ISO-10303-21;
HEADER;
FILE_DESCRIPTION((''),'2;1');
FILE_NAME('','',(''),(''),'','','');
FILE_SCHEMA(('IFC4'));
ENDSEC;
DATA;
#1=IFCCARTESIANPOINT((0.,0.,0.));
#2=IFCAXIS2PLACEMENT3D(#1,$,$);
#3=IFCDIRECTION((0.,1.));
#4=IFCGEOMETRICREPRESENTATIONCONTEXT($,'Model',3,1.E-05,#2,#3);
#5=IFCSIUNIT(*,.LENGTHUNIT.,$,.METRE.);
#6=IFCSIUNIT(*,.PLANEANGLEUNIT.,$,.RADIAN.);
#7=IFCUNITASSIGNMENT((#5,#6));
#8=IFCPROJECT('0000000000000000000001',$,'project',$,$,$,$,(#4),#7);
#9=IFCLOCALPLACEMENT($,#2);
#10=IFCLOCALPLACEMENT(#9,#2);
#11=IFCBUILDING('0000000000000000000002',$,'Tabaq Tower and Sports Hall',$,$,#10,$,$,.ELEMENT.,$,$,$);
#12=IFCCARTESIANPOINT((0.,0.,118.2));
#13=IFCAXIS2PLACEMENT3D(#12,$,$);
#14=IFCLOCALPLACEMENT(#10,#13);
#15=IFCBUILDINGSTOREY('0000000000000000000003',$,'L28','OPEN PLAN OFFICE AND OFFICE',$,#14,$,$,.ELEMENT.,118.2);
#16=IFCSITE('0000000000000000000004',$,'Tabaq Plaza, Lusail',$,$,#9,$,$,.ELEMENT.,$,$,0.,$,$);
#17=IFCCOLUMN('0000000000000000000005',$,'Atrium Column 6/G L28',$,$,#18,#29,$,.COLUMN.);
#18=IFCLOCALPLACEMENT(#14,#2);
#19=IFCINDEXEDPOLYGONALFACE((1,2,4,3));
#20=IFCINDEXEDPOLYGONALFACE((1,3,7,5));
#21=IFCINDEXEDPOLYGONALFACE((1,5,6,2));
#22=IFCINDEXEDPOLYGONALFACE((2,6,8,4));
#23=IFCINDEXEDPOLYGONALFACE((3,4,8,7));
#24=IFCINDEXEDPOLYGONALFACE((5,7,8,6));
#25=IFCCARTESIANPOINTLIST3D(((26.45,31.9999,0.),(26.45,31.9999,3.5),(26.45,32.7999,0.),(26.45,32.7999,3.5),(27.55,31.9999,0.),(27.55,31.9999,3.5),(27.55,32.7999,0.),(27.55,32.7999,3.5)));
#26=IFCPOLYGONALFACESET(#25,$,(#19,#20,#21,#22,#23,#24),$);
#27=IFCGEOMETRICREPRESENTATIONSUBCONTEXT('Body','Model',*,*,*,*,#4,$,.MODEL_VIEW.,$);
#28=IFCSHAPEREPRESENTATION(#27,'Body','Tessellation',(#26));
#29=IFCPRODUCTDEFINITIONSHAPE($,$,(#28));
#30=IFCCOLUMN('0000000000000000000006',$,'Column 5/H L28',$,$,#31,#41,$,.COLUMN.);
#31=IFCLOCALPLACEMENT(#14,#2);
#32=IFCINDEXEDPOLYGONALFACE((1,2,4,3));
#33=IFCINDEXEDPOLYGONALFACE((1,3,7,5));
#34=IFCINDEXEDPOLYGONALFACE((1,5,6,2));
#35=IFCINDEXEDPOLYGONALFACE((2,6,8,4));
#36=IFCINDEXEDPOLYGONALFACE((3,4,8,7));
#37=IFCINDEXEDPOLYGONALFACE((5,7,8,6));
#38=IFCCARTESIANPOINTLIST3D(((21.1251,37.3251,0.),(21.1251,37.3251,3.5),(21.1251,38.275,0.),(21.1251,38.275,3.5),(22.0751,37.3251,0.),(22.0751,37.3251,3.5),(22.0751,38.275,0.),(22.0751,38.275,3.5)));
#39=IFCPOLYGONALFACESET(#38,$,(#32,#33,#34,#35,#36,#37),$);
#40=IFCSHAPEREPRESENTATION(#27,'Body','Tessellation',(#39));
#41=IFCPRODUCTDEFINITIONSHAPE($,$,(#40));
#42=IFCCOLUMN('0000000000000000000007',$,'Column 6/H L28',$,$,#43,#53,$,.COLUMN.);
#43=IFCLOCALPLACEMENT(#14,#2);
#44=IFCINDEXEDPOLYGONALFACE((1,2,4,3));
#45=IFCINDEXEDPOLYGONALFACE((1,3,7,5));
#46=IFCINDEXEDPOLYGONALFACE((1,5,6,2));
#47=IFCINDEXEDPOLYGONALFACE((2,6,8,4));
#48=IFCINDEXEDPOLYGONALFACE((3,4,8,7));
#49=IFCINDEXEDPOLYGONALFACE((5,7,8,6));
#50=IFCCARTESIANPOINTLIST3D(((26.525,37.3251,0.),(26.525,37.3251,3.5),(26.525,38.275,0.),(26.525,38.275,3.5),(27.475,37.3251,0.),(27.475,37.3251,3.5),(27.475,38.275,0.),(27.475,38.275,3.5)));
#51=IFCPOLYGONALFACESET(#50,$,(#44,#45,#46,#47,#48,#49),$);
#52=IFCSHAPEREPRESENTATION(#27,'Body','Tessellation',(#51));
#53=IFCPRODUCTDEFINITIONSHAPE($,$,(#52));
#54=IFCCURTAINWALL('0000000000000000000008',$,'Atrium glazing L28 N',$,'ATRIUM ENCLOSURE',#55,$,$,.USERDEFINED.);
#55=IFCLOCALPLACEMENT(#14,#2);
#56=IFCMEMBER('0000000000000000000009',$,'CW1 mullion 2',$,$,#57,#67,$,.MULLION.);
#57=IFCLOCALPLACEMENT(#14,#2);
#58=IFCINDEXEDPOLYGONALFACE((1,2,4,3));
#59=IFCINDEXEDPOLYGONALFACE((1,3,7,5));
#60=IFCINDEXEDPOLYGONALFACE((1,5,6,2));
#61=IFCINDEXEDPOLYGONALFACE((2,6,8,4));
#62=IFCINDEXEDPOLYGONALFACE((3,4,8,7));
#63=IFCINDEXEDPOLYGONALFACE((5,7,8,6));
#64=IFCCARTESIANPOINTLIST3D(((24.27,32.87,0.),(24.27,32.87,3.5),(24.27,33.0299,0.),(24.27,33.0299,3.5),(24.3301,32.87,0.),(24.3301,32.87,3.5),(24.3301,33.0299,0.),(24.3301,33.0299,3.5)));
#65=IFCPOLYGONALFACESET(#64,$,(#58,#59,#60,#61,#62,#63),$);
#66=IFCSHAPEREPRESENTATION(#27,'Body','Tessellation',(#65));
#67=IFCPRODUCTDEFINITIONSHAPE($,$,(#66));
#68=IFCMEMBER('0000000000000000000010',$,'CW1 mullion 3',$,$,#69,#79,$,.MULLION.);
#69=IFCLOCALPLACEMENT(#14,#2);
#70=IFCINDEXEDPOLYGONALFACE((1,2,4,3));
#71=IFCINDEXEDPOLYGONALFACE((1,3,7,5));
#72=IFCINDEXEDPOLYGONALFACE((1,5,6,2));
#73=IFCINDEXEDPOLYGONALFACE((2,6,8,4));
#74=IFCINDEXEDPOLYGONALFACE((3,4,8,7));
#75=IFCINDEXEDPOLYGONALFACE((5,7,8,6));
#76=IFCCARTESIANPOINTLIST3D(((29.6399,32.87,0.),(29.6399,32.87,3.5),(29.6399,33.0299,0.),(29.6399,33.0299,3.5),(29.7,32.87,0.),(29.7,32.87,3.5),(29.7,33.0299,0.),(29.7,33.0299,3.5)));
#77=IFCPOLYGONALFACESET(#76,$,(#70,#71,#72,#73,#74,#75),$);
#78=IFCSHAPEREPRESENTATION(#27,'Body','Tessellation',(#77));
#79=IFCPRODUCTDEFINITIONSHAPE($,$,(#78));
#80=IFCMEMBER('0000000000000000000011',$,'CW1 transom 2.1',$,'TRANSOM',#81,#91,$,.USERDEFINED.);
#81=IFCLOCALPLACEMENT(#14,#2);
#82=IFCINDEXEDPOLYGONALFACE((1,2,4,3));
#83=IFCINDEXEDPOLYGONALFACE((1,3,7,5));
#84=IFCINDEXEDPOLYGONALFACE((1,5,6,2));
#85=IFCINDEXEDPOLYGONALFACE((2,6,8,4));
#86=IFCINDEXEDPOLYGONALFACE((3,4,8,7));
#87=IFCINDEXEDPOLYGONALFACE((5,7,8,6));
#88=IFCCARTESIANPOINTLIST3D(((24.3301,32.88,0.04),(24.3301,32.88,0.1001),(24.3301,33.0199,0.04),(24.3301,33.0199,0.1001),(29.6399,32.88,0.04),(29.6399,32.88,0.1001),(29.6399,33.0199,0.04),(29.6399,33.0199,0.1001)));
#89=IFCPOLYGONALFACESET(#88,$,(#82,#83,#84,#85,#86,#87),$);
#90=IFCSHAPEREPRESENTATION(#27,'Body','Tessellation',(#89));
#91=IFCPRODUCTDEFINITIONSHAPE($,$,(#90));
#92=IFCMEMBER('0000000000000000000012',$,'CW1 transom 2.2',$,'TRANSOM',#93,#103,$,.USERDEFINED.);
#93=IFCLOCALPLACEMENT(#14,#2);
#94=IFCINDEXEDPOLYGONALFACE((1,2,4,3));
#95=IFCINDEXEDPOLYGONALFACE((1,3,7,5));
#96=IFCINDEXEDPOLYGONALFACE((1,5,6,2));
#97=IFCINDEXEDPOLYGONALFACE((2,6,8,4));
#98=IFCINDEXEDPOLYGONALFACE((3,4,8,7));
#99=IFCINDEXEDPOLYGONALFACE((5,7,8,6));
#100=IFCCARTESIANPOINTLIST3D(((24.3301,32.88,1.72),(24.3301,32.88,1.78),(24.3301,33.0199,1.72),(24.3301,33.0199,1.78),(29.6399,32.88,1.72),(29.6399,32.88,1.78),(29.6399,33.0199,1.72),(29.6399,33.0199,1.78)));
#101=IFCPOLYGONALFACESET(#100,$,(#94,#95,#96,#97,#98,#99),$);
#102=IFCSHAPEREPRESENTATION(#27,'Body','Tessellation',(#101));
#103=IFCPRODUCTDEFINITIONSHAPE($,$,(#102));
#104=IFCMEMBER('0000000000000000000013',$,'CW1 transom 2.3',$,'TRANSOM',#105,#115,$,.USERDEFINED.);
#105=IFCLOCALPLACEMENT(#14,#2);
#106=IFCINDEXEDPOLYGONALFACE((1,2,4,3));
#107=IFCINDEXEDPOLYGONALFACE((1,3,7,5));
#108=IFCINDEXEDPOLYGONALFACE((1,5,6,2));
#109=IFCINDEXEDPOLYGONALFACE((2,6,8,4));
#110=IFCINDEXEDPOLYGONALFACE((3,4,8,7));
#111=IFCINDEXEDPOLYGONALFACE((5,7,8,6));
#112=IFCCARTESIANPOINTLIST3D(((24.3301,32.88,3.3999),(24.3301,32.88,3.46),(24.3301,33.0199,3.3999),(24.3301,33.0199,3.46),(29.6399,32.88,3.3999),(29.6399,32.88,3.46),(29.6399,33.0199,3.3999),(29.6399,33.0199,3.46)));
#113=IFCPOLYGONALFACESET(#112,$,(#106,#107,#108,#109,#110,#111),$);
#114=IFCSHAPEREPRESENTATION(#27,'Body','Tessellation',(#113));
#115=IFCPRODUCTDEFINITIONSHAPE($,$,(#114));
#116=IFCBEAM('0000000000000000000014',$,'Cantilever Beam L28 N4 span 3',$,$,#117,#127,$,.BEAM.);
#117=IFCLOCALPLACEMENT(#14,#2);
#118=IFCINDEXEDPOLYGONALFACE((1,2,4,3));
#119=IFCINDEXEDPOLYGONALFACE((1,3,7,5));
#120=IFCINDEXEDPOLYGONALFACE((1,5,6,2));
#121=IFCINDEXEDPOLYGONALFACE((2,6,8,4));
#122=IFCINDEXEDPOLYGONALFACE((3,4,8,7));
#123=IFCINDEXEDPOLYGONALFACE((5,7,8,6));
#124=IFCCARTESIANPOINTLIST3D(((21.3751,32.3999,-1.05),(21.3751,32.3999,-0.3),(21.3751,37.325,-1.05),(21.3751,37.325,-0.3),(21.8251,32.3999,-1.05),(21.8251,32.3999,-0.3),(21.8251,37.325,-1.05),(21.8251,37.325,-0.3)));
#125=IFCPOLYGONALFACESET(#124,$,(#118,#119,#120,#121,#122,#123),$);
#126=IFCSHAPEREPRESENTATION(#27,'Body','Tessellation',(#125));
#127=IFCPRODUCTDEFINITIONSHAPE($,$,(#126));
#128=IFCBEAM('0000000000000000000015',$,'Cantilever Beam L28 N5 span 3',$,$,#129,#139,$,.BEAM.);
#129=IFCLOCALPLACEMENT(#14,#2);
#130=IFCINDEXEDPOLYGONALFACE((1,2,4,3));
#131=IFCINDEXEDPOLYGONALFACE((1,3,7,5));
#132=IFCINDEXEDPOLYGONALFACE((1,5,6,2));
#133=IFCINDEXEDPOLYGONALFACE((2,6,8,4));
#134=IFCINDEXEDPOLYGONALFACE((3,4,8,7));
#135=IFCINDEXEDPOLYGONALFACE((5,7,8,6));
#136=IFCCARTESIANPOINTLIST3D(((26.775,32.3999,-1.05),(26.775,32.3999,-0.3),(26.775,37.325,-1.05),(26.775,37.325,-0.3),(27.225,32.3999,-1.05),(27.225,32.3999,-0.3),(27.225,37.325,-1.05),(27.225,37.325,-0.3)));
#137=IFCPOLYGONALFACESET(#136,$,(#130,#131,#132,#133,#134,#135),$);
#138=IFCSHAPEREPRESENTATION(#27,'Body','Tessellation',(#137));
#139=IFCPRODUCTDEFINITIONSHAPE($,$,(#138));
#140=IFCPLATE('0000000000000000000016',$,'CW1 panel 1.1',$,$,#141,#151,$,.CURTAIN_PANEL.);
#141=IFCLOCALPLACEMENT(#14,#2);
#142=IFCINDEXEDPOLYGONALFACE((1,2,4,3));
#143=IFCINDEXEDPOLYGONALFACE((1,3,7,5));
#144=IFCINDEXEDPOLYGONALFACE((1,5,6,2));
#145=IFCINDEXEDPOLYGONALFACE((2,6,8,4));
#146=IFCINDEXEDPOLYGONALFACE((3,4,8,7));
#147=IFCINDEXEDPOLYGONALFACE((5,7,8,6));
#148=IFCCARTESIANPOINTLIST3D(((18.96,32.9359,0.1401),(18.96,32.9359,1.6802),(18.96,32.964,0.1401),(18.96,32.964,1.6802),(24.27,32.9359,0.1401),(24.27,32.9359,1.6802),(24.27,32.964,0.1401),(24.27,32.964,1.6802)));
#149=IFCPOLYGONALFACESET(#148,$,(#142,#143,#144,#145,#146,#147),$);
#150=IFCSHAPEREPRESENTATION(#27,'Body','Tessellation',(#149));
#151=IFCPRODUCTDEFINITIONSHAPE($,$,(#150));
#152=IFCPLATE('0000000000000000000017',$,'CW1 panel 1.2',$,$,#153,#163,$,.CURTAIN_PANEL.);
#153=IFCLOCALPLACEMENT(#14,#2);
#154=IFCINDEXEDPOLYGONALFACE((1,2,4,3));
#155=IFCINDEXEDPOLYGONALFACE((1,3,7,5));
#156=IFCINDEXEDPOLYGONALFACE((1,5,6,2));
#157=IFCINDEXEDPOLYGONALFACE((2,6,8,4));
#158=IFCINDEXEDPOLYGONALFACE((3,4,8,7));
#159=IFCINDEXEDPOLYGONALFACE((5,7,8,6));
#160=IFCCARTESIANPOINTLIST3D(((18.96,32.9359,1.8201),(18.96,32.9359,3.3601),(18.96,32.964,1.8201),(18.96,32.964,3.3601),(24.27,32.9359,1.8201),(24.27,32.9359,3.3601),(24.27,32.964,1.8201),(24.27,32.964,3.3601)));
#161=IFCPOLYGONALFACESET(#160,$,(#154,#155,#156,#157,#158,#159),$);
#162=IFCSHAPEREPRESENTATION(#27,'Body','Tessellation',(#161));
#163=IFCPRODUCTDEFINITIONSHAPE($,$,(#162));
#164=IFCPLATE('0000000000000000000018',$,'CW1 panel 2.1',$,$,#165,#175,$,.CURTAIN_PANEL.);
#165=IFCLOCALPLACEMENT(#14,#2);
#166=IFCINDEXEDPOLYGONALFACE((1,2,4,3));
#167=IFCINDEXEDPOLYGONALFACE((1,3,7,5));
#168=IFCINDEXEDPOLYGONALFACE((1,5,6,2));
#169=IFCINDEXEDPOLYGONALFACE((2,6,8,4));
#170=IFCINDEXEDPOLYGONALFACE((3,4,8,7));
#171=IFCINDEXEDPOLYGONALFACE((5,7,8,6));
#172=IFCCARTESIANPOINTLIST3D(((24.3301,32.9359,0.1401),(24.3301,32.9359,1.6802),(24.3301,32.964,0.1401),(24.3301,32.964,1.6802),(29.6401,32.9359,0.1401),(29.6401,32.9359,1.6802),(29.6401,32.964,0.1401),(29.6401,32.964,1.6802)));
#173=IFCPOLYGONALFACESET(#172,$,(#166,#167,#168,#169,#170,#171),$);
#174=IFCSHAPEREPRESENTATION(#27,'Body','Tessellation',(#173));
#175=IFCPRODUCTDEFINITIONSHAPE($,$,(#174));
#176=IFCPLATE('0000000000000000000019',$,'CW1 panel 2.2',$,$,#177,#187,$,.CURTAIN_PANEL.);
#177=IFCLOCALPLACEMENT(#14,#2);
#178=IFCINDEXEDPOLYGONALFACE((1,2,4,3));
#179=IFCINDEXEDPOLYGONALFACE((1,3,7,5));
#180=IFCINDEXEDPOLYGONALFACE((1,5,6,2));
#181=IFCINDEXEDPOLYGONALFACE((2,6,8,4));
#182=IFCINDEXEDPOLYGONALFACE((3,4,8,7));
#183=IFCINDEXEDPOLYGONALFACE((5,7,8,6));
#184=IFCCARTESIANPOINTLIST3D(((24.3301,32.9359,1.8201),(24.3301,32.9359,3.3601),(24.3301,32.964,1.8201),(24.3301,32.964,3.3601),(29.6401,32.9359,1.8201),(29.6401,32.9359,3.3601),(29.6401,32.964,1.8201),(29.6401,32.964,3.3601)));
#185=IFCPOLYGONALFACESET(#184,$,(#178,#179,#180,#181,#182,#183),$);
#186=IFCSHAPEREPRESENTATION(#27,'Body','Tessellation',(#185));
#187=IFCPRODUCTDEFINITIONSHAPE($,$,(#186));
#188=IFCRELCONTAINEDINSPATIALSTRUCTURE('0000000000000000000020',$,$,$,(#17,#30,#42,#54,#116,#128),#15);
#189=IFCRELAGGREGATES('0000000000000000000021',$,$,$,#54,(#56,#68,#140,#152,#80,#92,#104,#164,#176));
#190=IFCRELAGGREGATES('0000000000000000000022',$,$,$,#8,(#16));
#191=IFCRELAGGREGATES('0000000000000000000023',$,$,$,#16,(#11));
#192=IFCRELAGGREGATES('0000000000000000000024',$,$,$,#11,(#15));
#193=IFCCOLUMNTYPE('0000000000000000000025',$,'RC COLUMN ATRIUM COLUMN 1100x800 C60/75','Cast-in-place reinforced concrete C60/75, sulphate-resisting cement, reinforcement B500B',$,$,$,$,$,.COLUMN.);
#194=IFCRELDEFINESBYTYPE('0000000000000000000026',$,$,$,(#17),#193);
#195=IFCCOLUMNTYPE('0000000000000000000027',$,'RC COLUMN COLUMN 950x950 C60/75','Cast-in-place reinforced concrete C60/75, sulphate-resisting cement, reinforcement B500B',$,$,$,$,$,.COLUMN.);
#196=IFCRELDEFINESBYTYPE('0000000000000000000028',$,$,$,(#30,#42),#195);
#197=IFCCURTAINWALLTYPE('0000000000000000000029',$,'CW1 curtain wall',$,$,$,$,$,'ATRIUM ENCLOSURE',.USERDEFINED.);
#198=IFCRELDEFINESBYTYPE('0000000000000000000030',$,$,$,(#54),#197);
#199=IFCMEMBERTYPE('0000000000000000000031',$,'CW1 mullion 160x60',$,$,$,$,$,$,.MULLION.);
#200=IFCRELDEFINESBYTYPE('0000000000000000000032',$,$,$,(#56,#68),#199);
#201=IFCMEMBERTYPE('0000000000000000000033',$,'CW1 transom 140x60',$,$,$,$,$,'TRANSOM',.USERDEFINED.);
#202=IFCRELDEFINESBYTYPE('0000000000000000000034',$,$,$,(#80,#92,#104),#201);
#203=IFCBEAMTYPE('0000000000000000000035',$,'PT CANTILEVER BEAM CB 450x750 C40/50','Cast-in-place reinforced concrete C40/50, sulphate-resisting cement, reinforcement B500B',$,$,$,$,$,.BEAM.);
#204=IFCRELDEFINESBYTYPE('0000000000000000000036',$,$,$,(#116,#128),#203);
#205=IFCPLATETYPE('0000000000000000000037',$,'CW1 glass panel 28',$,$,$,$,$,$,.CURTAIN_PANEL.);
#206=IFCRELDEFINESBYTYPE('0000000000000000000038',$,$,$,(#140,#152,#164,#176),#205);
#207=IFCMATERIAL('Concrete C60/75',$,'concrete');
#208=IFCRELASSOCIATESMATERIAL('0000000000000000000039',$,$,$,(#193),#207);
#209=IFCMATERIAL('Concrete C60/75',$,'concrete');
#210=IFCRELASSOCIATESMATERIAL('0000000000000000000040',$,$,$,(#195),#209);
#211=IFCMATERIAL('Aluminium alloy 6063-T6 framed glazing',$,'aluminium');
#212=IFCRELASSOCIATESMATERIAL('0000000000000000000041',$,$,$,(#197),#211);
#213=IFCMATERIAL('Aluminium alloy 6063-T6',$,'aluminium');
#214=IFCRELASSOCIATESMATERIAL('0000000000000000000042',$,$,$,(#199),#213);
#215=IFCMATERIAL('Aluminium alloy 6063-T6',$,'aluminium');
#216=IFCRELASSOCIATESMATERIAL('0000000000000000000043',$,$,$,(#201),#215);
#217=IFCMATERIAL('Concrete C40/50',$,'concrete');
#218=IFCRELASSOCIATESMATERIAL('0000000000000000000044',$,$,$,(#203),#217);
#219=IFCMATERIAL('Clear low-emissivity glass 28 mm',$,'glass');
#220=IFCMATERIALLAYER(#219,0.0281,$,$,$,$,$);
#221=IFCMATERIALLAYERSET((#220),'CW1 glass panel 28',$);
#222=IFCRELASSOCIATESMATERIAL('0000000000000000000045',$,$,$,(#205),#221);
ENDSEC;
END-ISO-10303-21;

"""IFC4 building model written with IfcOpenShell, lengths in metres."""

from ifc_helpers import new_model, si_unit, direction, frame, origin, origin_2d, place, context, subcontext, project, spatial, rectangle, extrude, material, layer, layer_set, material_profile, profile_set, type_object, element, aggregate, save


model = new_model("IFC4")

# Units and contexts
model_context = context("Model", 3, precision=1e-05, world=origin(), true_north=direction((0.0, 1.0)))
body_context = subcontext(model_context, "Body", "Model", "MODEL_VIEW")
ifc_project = project(units=[si_unit("LENGTHUNIT", "METRE"), si_unit("PLANEANGLEUNIT", "RADIAN")], contexts=[model_context])

# Site, building, storey
site_placement = place(None, origin())
site = spatial("IfcSite", under=ifc_project, at=site_placement, Name="Tabaq Plaza, Lusail", CompositionType="ELEMENT", RefElevation=0.0)
building_placement = place(site_placement, origin())
building = spatial("IfcBuilding", under=site, at=building_placement, Name="Tabaq Tower and Sports Hall", CompositionType="ELEMENT")
storey_placement = place(building_placement, frame((0.0, 0.0, 118.2)))
storey = spatial("IfcBuildingStorey", under=building, at=storey_placement, Name="L28", Description="OPEN PLAN OFFICE AND OFFICE", CompositionType="ELEMENT", Elevation=118.2)

# Columns
ifc_material_1 = material(Name="Concrete C60/75", Category="concrete")
ifc_material_profile_1 = material_profile(ifc_material_1, rectangle(XDim=1.1001, YDim=0.8, at=origin_2d()), Name="ATRIUM COLUMN 1100x800")
ifc_profile_set_1 = profile_set([ifc_material_profile_1], Name="Concrete C60/75")
column_type_1 = type_object("IfcColumnType", Name="RC COLUMN ATRIUM COLUMN 1100x800 C60/75", Description="Cast-in-place reinforced concrete C60/75, sulphate-resisting cement, reinforcement B500B", PredefinedType="COLUMN", material=ifc_profile_set_1)
column_placement = place(storey_placement, frame((27.0, 32.3999, 0.0), z_axis=(0.0, 0.0, 1.0), x_axis=(1.0, 0.0, 0.0)))
element("IfcColumn", 1, at=column_placement, inside=storey, type_object=column_type_1, Name="Atrium Column 6/G L28", PredefinedType="COLUMN", context=body_context, shape_type="SweptSolid", body=[
    extrude(rectangle(XDim=1.1001, YDim=0.8, at=origin_2d()), origin(), (0.0, 0.0, 1.0), 3.5),
])
ifc_material_2 = material(Name="Concrete C60/75", Category="concrete")
ifc_material_profile_2 = material_profile(ifc_material_2, rectangle(XDim=0.95, YDim=0.95, at=origin_2d()), Name="COLUMN 950x950")
ifc_profile_set_2 = profile_set([ifc_material_profile_2], Name="Concrete C60/75")
column_type_2 = type_object("IfcColumnType", Name="RC COLUMN COLUMN 950x950 C60/75", Description="Cast-in-place reinforced concrete C60/75, sulphate-resisting cement, reinforcement B500B", PredefinedType="COLUMN", material=ifc_profile_set_2)
for number, where, z_axis, x_axis, name in (
    (2, (21.6001, 37.8, 0.0), (0.0, 0.0, 1.0), (1.0, 0.0, 0.0), "Column 5/H L28"),
    (3, (27.0, 37.8, 0.0), (0.0, 0.0, 1.0), (1.0, 0.0, 0.0), "Column 6/H L28"),
):
    element("IfcColumn", number, at=place(storey_placement, frame(where, z_axis=z_axis, x_axis=x_axis)), inside=storey, type_object=column_type_2, Name=name, PredefinedType="COLUMN", context=body_context, shape_type="SweptSolid", body=[
        extrude(rectangle(XDim=0.95, YDim=0.95, at=origin_2d()), origin(), (0.0, 0.0, 1.0), 3.5),
    ])

# Curtain wall, members
ifc_material_3 = material(Name="Aluminium alloy 6063-T6 framed glazing", Category="aluminium")
curtain_wall_type = type_object("IfcCurtainWallType", Name="CW1 curtain wall", ElementType="ATRIUM ENCLOSURE", PredefinedType="USERDEFINED", material=ifc_material_3)
curtain_wall_placement = place(storey_placement, origin())
curtain_wall = element("IfcCurtainWall", 4, at=curtain_wall_placement, inside=storey, type_object=curtain_wall_type, Name="Atrium glazing L28 N", ObjectType="ATRIUM ENCLOSURE", PredefinedType="USERDEFINED")
ifc_material_4 = material(Name="Aluminium alloy 6063-T6", Category="aluminium")
ifc_material_profile_3 = material_profile(ifc_material_4, rectangle(XDim=0.1599, YDim=0.0601, at=origin_2d()), Name="MULLION 160x60")
ifc_profile_set_3 = profile_set([ifc_material_profile_3], Name="Aluminium alloy 6063-T6")
member_type_1 = type_object("IfcMemberType", Name="CW1 mullion 160x60", PredefinedType="MULLION", material=ifc_profile_set_3)
member_1_placement = place(storey_placement, frame((24.3, 32.95, 0.0), z_axis=(0.0, 0.0, 1.0), x_axis=(0.0, 1.0, 0.0)))
member_1 = element("IfcMember", 5, at=member_1_placement, type_object=member_type_1, Name="CW1 mullion 2", PredefinedType="MULLION", context=body_context, shape_type="SweptSolid", body=[
    extrude(rectangle(XDim=0.1599, YDim=0.0601, at=origin_2d()), origin(), (0.0, 0.0, 1.0), 3.5),
])
member_2_placement = place(storey_placement, frame((29.6699, 32.95, 0.0), z_axis=(0.0, 0.0, 1.0), x_axis=(0.0, 1.0, 0.0)))
member_2 = element("IfcMember", 6, at=member_2_placement, type_object=member_type_1, Name="CW1 mullion 3", PredefinedType="MULLION", context=body_context, shape_type="SweptSolid", body=[
    extrude(rectangle(XDim=0.1599, YDim=0.0601, at=origin_2d()), origin(), (0.0, 0.0, 1.0), 3.5),
])
ifc_material_5 = material(Name="Aluminium alloy 6063-T6", Category="aluminium")
ifc_material_profile_4 = material_profile(ifc_material_5, rectangle(XDim=0.1399, YDim=0.0601, at=origin_2d()), Name="TRANSOM 140x60")
ifc_profile_set_4 = profile_set([ifc_material_profile_4], Name="Aluminium alloy 6063-T6")
member_type_2 = type_object("IfcMemberType", Name="CW1 transom 140x60", ElementType="TRANSOM", PredefinedType="USERDEFINED", material=ifc_profile_set_4)
member_3_placement = place(storey_placement, frame((24.3301, 32.95, 0.0701), z_axis=(1.0, 0.0, 0.0), x_axis=(0.0, 1.0, 0.0)))
member_3 = element("IfcMember", 7, at=member_3_placement, type_object=member_type_2, Name="CW1 transom 2.1", ObjectType="TRANSOM", PredefinedType="USERDEFINED", context=body_context, shape_type="SweptSolid", body=[
    extrude(rectangle(XDim=0.1399, YDim=0.0601, at=origin_2d()), origin(), (0.0, 0.0, 1.0), 5.3098),
])
member_4_placement = place(storey_placement, frame((24.3301, 32.95, 1.75), z_axis=(1.0, 0.0, 0.0), x_axis=(0.0, 1.0, 0.0)))
member_4 = element("IfcMember", 8, at=member_4_placement, type_object=member_type_2, Name="CW1 transom 2.2", ObjectType="TRANSOM", PredefinedType="USERDEFINED", context=body_context, shape_type="SweptSolid", body=[
    extrude(rectangle(XDim=0.1399, YDim=0.0601, at=origin_2d()), origin(), (0.0, 0.0, 1.0), 5.3098),
])
member_5_placement = place(storey_placement, frame((24.3301, 32.95, 3.4299), z_axis=(1.0, 0.0, 0.0), x_axis=(0.0, 1.0, 0.0)))
member_5 = element("IfcMember", 9, at=member_5_placement, type_object=member_type_2, Name="CW1 transom 2.3", ObjectType="TRANSOM", PredefinedType="USERDEFINED", context=body_context, shape_type="SweptSolid", body=[
    extrude(rectangle(XDim=0.1399, YDim=0.0601, at=origin_2d()), origin(), (0.0, 0.0, 1.0), 5.3098),
])

# Beams
ifc_material_6 = material(Name="Concrete C40/50", Category="concrete")
ifc_material_profile_5 = material_profile(ifc_material_6, rectangle(XDim=0.45, YDim=0.75, at=origin_2d()), Name="CB 450x750")
ifc_profile_set_5 = profile_set([ifc_material_profile_5], Name="Concrete C40/50")
beam_type = type_object("IfcBeamType", Name="PT CANTILEVER BEAM CB 450x750 C40/50", Description="Cast-in-place reinforced concrete C40/50, sulphate-resisting cement, reinforcement B500B", PredefinedType="BEAM", material=ifc_profile_set_5)
for number, where, z_axis, x_axis, name in (
    (10, (21.6001, 37.325, -0.675), (0.0, -1.0, 0.0), (1.0, 0.0, 0.0), "Cantilever Beam L28 N4 span 3"),
    (11, (27.0, 37.325, -0.675), (0.0, -1.0, 0.0), (1.0, 0.0, 0.0), "Cantilever Beam L28 N5 span 3"),
):
    element("IfcBeam", number, at=place(storey_placement, frame(where, z_axis=z_axis, x_axis=x_axis)), inside=storey, type_object=beam_type, Name=name, PredefinedType="BEAM", context=body_context, shape_type="SweptSolid", body=[
        extrude(rectangle(XDim=0.45, YDim=0.75, at=origin_2d()), origin(), (0.0, 0.0, 1.0), 4.925),
    ])

# Plates
ifc_material_7 = material(Name="Clear low-emissivity glass 28 mm", Category="glass")
ifc_layer_1 = layer(ifc_material_7, 0.0281)
ifc_layer_set_1 = layer_set([ifc_layer_1], Name="CW1 glass panel 28")
plate_type = type_object("IfcPlateType", Name="CW1 glass panel 28", PredefinedType="CURTAIN_PANEL", material=ifc_layer_set_1)
plate_1_placement = place(storey_placement, frame((21.615, 32.95, 0.1401), z_axis=(0.0, 0.0, 1.0), x_axis=(1.0, 0.0, 0.0)))
plate_1 = element("IfcPlate", 12, at=plate_1_placement, type_object=plate_type, Name="CW1 panel 1.1", PredefinedType="CURTAIN_PANEL", context=body_context, shape_type="SweptSolid", body=[
    extrude(rectangle(XDim=5.3101, YDim=0.0281, at=origin_2d()), origin(), (0.0, 0.0, 1.0), 1.54),
])
plate_2_placement = place(storey_placement, frame((21.615, 32.95, 1.8201), z_axis=(0.0, 0.0, 1.0), x_axis=(1.0, 0.0, 0.0)))
plate_2 = element("IfcPlate", 13, at=plate_2_placement, type_object=plate_type, Name="CW1 panel 1.2", PredefinedType="CURTAIN_PANEL", context=body_context, shape_type="SweptSolid", body=[
    extrude(rectangle(XDim=5.3101, YDim=0.0281, at=origin_2d()), origin(), (0.0, 0.0, 1.0), 1.54),
])
plate_3_placement = place(storey_placement, frame((26.9851, 32.95, 0.1401), z_axis=(0.0, 0.0, 1.0), x_axis=(1.0, 0.0, 0.0)))
plate_3 = element("IfcPlate", 14, at=plate_3_placement, type_object=plate_type, Name="CW1 panel 2.1", PredefinedType="CURTAIN_PANEL", context=body_context, shape_type="SweptSolid", body=[
    extrude(rectangle(XDim=5.3101, YDim=0.0281, at=origin_2d()), origin(), (0.0, 0.0, 1.0), 1.54),
])
plate_4_placement = place(storey_placement, frame((26.9851, 32.95, 1.8201), z_axis=(0.0, 0.0, 1.0), x_axis=(1.0, 0.0, 0.0)))
plate_4 = element("IfcPlate", 15, at=plate_4_placement, type_object=plate_type, Name="CW1 panel 2.2", PredefinedType="CURTAIN_PANEL", context=body_context, shape_type="SweptSolid", body=[
    extrude(rectangle(XDim=5.3101, YDim=0.0281, at=origin_2d()), origin(), (0.0, 0.0, 1.0), 1.54),
])
aggregate(curtain_wall, [member_1, member_2, plate_1, plate_2, member_3, member_4, member_5, plate_3, plate_4])

save(model, "model.ifc")
